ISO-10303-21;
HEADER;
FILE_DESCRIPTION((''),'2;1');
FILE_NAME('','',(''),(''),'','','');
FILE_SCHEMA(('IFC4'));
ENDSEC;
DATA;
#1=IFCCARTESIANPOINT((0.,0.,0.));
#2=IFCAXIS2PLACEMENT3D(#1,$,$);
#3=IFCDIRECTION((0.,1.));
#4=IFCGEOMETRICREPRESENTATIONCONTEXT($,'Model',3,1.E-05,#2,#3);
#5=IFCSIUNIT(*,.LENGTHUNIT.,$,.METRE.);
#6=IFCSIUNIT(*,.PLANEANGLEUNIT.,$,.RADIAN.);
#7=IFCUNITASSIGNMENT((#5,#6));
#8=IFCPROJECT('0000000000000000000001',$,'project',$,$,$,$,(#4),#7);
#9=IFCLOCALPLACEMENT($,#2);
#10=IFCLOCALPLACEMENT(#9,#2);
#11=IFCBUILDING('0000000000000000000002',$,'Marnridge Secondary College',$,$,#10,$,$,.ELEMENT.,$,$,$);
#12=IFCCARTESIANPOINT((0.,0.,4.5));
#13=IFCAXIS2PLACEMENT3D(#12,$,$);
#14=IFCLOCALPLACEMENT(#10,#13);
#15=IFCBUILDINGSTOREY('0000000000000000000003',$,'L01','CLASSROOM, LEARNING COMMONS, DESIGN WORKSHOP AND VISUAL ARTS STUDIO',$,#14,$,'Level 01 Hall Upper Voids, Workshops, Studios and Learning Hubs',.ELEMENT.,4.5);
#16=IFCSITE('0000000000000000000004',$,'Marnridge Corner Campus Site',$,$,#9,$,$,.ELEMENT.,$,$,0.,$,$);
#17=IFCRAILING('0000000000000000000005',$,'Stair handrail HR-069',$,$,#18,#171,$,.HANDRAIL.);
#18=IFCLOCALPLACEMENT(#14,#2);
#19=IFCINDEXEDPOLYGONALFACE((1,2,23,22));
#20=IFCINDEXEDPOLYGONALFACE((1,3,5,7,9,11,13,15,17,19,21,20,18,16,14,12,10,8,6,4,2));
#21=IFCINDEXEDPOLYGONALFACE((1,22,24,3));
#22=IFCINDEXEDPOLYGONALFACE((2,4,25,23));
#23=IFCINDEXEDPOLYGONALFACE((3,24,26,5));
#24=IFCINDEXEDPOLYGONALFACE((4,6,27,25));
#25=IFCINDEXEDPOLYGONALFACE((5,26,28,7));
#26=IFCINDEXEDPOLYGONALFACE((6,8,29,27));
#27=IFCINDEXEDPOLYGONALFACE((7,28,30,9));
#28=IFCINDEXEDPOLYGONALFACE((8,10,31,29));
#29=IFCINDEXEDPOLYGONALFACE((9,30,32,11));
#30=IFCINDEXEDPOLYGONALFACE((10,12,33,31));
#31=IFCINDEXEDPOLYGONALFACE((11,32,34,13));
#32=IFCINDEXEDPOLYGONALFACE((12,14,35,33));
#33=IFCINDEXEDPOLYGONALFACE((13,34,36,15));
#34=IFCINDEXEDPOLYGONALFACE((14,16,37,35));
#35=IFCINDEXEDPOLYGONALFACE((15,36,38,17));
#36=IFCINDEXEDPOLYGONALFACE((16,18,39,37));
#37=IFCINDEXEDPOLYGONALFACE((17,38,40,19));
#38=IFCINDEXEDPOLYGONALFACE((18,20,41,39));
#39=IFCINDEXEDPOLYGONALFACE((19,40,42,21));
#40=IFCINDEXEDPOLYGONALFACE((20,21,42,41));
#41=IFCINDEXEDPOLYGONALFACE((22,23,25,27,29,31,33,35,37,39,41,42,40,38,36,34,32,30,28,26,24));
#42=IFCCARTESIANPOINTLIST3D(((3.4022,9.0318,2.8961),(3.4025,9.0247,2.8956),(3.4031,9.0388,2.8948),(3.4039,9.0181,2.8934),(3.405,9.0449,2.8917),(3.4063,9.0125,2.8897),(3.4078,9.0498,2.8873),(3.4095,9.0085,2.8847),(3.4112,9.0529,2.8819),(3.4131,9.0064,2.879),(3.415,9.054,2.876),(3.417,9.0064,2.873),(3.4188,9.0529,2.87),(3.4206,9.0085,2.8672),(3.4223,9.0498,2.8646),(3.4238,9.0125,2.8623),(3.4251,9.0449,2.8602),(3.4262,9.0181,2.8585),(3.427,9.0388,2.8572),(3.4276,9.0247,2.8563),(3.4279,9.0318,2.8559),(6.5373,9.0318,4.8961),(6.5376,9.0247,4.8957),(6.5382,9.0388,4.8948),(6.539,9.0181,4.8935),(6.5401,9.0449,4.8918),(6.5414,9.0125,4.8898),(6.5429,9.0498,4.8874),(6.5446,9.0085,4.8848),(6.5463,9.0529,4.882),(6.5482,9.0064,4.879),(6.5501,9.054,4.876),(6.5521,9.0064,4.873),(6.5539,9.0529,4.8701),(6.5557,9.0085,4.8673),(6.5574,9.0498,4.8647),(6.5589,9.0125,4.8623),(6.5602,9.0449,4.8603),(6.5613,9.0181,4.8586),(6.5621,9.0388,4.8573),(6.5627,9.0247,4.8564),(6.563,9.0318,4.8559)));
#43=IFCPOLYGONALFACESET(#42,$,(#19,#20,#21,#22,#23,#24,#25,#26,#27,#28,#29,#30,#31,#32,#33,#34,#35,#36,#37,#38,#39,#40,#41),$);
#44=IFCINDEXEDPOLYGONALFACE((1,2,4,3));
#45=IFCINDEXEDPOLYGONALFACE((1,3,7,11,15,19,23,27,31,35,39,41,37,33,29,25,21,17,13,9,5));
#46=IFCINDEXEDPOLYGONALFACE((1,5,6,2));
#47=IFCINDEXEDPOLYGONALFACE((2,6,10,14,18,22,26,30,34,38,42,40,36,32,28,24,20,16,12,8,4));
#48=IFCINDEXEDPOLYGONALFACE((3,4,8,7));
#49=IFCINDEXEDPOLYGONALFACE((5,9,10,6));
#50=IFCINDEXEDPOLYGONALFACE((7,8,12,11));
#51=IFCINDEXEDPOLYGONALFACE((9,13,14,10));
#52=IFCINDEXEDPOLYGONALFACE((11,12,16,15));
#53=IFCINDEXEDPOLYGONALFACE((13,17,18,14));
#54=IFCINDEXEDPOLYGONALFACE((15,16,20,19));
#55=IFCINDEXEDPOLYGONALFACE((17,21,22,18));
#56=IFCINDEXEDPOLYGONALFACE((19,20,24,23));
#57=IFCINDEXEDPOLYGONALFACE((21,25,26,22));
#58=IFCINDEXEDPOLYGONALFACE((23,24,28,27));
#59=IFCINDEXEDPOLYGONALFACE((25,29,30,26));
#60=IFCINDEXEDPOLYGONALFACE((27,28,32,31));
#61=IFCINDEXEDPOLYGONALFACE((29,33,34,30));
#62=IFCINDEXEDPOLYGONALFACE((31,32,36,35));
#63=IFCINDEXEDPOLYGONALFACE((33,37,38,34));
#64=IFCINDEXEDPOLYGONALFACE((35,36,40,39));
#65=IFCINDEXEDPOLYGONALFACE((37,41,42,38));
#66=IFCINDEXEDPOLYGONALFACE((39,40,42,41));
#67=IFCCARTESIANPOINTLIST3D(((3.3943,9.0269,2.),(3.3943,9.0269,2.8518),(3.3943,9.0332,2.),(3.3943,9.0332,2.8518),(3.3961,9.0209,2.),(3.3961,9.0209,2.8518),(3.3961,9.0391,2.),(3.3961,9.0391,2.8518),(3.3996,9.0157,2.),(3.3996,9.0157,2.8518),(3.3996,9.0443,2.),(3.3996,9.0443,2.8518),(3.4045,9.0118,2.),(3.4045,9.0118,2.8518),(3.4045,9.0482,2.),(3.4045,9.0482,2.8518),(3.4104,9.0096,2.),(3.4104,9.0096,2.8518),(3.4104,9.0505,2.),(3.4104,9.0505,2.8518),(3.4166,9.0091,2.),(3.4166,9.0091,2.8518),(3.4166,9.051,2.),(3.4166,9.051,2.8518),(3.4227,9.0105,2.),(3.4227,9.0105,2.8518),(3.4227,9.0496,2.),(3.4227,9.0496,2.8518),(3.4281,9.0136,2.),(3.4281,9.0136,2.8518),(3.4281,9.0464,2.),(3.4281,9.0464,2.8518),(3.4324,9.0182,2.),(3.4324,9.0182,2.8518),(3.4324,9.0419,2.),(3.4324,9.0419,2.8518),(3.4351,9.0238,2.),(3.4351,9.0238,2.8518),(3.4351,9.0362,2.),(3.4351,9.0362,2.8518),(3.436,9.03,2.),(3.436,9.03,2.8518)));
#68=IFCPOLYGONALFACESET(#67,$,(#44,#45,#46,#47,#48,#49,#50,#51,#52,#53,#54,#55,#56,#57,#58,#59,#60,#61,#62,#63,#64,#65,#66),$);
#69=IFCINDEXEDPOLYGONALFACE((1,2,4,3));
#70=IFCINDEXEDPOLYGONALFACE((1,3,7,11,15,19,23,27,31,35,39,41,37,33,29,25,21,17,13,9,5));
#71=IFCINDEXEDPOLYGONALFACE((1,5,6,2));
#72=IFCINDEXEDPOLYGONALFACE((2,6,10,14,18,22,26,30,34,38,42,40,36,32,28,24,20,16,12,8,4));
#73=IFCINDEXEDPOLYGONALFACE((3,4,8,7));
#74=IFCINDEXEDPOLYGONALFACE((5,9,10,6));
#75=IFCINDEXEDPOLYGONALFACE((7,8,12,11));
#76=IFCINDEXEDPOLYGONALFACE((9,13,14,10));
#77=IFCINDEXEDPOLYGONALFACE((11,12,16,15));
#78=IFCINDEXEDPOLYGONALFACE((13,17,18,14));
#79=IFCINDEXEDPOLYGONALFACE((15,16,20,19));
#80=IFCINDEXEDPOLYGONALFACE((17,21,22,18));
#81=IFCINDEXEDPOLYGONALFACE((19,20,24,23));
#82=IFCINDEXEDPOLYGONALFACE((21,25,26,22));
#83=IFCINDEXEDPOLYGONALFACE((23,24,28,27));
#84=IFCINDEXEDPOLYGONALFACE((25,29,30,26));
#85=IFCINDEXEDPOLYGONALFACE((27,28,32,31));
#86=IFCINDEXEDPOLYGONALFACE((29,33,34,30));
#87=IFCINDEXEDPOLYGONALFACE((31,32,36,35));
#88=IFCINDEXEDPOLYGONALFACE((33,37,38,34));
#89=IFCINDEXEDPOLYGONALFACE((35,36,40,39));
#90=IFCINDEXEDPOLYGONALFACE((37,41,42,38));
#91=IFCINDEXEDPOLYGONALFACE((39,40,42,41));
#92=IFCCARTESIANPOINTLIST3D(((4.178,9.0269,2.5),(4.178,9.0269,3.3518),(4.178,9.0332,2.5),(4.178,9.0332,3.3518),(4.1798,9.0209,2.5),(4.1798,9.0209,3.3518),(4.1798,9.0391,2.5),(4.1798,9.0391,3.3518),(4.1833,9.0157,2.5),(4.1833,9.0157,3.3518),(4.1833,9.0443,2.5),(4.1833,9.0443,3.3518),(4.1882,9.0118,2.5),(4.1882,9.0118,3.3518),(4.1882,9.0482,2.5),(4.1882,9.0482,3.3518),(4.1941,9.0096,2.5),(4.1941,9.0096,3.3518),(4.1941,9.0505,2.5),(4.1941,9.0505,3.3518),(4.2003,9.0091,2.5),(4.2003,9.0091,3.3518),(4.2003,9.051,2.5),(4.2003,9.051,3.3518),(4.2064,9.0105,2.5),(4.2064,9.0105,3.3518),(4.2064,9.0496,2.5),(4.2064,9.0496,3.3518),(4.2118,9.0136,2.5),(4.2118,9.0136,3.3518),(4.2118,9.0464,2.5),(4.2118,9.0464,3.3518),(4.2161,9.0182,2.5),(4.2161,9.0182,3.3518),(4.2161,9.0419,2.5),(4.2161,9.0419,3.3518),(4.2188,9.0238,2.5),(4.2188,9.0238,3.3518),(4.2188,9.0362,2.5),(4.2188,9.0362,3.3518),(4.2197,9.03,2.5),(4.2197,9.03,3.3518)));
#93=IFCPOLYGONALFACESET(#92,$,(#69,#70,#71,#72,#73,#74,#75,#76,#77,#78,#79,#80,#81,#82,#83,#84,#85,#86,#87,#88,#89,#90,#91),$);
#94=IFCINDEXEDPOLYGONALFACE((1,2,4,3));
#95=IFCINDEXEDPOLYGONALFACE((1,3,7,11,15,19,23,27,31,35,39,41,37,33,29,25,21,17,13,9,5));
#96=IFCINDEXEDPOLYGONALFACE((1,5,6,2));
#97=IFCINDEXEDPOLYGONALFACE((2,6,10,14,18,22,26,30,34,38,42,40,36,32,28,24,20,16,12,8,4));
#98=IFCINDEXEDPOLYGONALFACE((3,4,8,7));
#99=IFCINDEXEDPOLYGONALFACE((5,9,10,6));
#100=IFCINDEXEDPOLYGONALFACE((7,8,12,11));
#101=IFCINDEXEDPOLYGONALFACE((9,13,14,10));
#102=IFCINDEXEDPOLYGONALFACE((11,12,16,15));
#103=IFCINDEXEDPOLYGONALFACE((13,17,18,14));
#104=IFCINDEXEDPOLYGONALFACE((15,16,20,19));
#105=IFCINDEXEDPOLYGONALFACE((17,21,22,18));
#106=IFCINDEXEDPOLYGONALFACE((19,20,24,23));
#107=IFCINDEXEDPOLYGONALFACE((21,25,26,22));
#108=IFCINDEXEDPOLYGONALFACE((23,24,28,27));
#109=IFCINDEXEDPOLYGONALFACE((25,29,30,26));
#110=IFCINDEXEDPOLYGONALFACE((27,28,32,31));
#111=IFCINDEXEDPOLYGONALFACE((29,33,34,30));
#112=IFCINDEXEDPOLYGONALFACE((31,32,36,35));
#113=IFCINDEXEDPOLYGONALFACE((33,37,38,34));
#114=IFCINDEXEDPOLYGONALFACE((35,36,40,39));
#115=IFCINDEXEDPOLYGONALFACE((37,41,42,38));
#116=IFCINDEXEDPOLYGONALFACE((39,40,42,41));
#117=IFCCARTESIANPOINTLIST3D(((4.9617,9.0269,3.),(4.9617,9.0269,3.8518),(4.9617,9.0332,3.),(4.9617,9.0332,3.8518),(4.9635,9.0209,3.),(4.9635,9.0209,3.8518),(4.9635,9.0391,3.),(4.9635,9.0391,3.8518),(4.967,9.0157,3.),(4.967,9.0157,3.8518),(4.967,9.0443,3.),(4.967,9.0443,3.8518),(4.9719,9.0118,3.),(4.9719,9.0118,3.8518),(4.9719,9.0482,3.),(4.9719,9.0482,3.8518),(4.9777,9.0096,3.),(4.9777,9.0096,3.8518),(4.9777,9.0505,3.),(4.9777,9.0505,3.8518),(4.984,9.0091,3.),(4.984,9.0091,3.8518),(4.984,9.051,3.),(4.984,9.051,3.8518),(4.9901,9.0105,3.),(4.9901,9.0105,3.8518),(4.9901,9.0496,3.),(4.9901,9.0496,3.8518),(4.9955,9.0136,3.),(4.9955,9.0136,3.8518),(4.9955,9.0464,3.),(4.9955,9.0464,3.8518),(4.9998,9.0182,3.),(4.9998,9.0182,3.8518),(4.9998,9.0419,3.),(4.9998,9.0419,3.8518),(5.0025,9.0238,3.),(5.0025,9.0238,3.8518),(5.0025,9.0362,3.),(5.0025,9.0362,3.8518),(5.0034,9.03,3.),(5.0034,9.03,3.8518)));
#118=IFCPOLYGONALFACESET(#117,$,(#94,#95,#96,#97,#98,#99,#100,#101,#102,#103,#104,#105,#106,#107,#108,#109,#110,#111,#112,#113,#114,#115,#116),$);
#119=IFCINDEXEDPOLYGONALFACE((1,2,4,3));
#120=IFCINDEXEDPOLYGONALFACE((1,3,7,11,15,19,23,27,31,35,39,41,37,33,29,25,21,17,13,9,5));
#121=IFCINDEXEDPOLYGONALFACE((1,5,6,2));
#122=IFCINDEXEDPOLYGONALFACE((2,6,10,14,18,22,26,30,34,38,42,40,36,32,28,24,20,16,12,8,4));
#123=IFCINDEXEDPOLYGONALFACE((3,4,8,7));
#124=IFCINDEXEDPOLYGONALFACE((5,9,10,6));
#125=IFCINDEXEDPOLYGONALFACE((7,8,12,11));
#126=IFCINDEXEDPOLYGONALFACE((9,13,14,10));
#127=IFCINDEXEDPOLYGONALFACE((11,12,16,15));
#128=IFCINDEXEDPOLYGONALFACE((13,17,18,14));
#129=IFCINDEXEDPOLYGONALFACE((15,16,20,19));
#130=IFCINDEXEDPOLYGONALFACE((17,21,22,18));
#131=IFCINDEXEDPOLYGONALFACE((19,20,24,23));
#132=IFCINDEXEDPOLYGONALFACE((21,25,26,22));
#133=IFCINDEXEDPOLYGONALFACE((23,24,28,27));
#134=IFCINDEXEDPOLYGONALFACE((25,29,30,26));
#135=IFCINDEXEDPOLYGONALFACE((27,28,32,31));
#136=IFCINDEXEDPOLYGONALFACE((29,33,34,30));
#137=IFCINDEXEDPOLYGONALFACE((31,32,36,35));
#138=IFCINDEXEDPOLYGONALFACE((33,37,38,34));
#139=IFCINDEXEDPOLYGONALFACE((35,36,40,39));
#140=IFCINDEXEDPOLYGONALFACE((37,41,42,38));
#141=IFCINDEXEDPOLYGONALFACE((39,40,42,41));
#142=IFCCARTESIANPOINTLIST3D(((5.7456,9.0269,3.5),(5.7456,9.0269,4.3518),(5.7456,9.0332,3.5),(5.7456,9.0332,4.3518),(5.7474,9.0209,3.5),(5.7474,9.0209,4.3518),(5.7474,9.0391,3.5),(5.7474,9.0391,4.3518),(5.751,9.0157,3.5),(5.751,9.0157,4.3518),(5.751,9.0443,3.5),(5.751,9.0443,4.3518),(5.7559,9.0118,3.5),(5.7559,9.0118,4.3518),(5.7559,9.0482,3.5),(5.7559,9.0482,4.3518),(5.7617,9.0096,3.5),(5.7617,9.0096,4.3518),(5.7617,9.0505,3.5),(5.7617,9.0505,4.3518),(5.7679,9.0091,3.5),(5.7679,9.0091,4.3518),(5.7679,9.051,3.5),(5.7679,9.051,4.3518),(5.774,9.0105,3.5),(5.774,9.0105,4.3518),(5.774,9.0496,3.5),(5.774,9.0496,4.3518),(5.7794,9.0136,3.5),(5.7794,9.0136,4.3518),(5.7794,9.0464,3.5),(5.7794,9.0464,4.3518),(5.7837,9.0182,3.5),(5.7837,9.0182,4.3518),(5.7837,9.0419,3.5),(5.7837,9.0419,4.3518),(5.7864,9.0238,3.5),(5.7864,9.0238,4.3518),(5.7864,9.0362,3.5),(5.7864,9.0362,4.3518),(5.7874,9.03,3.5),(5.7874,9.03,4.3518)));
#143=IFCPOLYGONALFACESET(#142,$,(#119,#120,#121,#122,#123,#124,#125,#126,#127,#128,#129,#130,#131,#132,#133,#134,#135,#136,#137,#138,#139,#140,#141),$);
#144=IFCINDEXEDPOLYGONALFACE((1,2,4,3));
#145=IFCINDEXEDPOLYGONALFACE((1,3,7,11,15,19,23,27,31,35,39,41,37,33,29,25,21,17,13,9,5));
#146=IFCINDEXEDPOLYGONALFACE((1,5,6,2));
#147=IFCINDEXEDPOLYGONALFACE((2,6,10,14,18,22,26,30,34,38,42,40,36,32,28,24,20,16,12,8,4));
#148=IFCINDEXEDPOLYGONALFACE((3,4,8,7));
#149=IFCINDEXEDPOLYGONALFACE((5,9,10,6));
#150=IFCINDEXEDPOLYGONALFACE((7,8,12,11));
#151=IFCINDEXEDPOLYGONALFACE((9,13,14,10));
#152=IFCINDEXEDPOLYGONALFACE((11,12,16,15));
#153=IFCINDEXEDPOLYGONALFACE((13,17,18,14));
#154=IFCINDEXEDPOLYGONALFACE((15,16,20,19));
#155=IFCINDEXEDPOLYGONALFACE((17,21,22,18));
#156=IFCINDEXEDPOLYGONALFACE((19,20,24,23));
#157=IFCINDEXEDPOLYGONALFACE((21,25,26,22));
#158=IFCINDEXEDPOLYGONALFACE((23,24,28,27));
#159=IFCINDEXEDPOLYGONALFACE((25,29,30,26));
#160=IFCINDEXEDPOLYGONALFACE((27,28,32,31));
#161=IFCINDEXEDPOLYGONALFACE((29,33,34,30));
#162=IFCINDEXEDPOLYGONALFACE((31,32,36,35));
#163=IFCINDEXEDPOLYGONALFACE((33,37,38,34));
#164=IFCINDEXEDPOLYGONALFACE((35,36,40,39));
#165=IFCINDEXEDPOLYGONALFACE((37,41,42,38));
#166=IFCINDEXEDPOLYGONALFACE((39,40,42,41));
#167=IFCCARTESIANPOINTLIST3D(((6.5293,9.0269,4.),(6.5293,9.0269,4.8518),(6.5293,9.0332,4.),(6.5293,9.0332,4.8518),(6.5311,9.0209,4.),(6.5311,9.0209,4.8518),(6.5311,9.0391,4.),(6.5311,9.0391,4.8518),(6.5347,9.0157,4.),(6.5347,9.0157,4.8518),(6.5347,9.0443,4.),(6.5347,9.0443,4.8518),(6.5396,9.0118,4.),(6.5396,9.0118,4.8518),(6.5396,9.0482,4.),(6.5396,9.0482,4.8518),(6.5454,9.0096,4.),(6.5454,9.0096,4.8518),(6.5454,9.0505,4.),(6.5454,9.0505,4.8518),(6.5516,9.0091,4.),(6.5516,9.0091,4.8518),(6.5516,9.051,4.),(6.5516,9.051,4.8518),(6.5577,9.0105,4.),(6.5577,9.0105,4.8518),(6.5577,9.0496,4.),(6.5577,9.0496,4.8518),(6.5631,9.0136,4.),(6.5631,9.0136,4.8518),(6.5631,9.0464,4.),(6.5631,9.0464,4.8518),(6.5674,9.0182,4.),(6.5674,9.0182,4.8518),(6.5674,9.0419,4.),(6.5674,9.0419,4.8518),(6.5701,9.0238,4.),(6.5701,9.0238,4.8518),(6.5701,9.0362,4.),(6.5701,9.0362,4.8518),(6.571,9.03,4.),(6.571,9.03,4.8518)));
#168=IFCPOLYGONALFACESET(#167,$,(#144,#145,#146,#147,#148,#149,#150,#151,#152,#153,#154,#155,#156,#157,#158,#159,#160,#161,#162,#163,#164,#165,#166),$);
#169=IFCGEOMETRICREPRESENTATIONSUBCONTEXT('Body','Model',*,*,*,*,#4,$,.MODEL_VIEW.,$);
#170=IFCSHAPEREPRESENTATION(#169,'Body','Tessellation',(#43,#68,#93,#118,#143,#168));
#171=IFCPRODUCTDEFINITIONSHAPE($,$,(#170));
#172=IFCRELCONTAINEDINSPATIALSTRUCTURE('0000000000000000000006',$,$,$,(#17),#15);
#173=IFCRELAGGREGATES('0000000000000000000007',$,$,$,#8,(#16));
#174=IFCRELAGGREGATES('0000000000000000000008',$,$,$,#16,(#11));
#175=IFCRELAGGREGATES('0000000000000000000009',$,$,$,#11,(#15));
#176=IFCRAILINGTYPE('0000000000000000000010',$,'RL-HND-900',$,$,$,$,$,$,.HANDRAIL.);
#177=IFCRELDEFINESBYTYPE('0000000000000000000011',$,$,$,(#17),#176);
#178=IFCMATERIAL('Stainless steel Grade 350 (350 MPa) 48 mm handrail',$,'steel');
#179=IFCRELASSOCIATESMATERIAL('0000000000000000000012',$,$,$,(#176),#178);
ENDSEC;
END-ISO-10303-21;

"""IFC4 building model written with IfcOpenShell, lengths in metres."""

from ifc_helpers import new_model, si_unit, direction, frame, origin, origin_2d, place, context, subcontext, project, spatial, circle, extrude, material, type_object, element, save


model = new_model("IFC4")

# Units and contexts
model_context = context("Model", 3, precision=1e-05, world=origin(), true_north=direction((0.0, 1.0)))
body_context = subcontext(model_context, "Body", "Model", "MODEL_VIEW")
ifc_project = project(units=[si_unit("LENGTHUNIT", "METRE"), si_unit("PLANEANGLEUNIT", "RADIAN")], contexts=[model_context])

# Site, building, storey
site_placement = place(None, origin())
site = spatial("IfcSite", under=ifc_project, at=site_placement, Name="Marnridge Corner Campus Site", CompositionType="ELEMENT", RefElevation=0.0)
building_placement = place(site_placement, origin())
building = spatial("IfcBuilding", under=site, at=building_placement, Name="Marnridge Secondary College", CompositionType="ELEMENT")
storey_placement = place(building_placement, frame((0.0, 0.0, 4.5)))
storey = spatial("IfcBuildingStorey", under=building, at=storey_placement, Name="L01", Description="CLASSROOM, LEARNING COMMONS, DESIGN WORKSHOP AND VISUAL ARTS STUDIO", LongName="Level 01 Hall Upper Voids, Workshops, Studios and Learning Hubs", CompositionType="ELEMENT", Elevation=4.5)

# Railing
ifc_material_1 = material(Name="Stainless steel Grade 350 (350 MPa) 48 mm handrail", Category="steel")
railing_type = type_object("IfcRailingType", Name="RL-HND-900", PredefinedType="HANDRAIL", material=ifc_material_1)
railing_placement = place(storey_placement, frame((3.415, 9.03, 2.0)))
element("IfcRailing", 1, at=railing_placement, inside=storey, type_object=railing_type, Name="Stair handrail HR-069", PredefinedType="HANDRAIL", context=body_context, shape_type="SweptSolid", body=[
    extrude(circle(Radius=0.0239, at=origin_2d()), frame((0.0, 0.0, 0.876), z_axis=(0.843053, 0.0, 0.537831), x_axis=(0.0, 1.0, 0.0)), (0.0, 0.0, 1.0), 3.7188),
    extrude(circle(Radius=0.021, at=origin_2d()), origin(), (0.0, 0.0, 1.0), 0.8518),
    extrude(circle(Radius=0.021, at=origin_2d()), frame((0.7837, 0.0, 0.5)), (0.0, 0.0, 1.0), 0.8518),
    extrude(circle(Radius=0.021, at=origin_2d()), frame((1.5674, 0.0, 1.0)), (0.0, 0.0, 1.0), 0.8518),
    extrude(circle(Radius=0.021, at=origin_2d()), frame((2.3513, 0.0, 1.5)), (0.0, 0.0, 1.0), 0.8518),
    extrude(circle(Radius=0.021, at=origin_2d()), frame((3.135, 0.0, 2.0)), (0.0, 0.0, 1.0), 0.8518),
])

save(model, "model.ifc")
